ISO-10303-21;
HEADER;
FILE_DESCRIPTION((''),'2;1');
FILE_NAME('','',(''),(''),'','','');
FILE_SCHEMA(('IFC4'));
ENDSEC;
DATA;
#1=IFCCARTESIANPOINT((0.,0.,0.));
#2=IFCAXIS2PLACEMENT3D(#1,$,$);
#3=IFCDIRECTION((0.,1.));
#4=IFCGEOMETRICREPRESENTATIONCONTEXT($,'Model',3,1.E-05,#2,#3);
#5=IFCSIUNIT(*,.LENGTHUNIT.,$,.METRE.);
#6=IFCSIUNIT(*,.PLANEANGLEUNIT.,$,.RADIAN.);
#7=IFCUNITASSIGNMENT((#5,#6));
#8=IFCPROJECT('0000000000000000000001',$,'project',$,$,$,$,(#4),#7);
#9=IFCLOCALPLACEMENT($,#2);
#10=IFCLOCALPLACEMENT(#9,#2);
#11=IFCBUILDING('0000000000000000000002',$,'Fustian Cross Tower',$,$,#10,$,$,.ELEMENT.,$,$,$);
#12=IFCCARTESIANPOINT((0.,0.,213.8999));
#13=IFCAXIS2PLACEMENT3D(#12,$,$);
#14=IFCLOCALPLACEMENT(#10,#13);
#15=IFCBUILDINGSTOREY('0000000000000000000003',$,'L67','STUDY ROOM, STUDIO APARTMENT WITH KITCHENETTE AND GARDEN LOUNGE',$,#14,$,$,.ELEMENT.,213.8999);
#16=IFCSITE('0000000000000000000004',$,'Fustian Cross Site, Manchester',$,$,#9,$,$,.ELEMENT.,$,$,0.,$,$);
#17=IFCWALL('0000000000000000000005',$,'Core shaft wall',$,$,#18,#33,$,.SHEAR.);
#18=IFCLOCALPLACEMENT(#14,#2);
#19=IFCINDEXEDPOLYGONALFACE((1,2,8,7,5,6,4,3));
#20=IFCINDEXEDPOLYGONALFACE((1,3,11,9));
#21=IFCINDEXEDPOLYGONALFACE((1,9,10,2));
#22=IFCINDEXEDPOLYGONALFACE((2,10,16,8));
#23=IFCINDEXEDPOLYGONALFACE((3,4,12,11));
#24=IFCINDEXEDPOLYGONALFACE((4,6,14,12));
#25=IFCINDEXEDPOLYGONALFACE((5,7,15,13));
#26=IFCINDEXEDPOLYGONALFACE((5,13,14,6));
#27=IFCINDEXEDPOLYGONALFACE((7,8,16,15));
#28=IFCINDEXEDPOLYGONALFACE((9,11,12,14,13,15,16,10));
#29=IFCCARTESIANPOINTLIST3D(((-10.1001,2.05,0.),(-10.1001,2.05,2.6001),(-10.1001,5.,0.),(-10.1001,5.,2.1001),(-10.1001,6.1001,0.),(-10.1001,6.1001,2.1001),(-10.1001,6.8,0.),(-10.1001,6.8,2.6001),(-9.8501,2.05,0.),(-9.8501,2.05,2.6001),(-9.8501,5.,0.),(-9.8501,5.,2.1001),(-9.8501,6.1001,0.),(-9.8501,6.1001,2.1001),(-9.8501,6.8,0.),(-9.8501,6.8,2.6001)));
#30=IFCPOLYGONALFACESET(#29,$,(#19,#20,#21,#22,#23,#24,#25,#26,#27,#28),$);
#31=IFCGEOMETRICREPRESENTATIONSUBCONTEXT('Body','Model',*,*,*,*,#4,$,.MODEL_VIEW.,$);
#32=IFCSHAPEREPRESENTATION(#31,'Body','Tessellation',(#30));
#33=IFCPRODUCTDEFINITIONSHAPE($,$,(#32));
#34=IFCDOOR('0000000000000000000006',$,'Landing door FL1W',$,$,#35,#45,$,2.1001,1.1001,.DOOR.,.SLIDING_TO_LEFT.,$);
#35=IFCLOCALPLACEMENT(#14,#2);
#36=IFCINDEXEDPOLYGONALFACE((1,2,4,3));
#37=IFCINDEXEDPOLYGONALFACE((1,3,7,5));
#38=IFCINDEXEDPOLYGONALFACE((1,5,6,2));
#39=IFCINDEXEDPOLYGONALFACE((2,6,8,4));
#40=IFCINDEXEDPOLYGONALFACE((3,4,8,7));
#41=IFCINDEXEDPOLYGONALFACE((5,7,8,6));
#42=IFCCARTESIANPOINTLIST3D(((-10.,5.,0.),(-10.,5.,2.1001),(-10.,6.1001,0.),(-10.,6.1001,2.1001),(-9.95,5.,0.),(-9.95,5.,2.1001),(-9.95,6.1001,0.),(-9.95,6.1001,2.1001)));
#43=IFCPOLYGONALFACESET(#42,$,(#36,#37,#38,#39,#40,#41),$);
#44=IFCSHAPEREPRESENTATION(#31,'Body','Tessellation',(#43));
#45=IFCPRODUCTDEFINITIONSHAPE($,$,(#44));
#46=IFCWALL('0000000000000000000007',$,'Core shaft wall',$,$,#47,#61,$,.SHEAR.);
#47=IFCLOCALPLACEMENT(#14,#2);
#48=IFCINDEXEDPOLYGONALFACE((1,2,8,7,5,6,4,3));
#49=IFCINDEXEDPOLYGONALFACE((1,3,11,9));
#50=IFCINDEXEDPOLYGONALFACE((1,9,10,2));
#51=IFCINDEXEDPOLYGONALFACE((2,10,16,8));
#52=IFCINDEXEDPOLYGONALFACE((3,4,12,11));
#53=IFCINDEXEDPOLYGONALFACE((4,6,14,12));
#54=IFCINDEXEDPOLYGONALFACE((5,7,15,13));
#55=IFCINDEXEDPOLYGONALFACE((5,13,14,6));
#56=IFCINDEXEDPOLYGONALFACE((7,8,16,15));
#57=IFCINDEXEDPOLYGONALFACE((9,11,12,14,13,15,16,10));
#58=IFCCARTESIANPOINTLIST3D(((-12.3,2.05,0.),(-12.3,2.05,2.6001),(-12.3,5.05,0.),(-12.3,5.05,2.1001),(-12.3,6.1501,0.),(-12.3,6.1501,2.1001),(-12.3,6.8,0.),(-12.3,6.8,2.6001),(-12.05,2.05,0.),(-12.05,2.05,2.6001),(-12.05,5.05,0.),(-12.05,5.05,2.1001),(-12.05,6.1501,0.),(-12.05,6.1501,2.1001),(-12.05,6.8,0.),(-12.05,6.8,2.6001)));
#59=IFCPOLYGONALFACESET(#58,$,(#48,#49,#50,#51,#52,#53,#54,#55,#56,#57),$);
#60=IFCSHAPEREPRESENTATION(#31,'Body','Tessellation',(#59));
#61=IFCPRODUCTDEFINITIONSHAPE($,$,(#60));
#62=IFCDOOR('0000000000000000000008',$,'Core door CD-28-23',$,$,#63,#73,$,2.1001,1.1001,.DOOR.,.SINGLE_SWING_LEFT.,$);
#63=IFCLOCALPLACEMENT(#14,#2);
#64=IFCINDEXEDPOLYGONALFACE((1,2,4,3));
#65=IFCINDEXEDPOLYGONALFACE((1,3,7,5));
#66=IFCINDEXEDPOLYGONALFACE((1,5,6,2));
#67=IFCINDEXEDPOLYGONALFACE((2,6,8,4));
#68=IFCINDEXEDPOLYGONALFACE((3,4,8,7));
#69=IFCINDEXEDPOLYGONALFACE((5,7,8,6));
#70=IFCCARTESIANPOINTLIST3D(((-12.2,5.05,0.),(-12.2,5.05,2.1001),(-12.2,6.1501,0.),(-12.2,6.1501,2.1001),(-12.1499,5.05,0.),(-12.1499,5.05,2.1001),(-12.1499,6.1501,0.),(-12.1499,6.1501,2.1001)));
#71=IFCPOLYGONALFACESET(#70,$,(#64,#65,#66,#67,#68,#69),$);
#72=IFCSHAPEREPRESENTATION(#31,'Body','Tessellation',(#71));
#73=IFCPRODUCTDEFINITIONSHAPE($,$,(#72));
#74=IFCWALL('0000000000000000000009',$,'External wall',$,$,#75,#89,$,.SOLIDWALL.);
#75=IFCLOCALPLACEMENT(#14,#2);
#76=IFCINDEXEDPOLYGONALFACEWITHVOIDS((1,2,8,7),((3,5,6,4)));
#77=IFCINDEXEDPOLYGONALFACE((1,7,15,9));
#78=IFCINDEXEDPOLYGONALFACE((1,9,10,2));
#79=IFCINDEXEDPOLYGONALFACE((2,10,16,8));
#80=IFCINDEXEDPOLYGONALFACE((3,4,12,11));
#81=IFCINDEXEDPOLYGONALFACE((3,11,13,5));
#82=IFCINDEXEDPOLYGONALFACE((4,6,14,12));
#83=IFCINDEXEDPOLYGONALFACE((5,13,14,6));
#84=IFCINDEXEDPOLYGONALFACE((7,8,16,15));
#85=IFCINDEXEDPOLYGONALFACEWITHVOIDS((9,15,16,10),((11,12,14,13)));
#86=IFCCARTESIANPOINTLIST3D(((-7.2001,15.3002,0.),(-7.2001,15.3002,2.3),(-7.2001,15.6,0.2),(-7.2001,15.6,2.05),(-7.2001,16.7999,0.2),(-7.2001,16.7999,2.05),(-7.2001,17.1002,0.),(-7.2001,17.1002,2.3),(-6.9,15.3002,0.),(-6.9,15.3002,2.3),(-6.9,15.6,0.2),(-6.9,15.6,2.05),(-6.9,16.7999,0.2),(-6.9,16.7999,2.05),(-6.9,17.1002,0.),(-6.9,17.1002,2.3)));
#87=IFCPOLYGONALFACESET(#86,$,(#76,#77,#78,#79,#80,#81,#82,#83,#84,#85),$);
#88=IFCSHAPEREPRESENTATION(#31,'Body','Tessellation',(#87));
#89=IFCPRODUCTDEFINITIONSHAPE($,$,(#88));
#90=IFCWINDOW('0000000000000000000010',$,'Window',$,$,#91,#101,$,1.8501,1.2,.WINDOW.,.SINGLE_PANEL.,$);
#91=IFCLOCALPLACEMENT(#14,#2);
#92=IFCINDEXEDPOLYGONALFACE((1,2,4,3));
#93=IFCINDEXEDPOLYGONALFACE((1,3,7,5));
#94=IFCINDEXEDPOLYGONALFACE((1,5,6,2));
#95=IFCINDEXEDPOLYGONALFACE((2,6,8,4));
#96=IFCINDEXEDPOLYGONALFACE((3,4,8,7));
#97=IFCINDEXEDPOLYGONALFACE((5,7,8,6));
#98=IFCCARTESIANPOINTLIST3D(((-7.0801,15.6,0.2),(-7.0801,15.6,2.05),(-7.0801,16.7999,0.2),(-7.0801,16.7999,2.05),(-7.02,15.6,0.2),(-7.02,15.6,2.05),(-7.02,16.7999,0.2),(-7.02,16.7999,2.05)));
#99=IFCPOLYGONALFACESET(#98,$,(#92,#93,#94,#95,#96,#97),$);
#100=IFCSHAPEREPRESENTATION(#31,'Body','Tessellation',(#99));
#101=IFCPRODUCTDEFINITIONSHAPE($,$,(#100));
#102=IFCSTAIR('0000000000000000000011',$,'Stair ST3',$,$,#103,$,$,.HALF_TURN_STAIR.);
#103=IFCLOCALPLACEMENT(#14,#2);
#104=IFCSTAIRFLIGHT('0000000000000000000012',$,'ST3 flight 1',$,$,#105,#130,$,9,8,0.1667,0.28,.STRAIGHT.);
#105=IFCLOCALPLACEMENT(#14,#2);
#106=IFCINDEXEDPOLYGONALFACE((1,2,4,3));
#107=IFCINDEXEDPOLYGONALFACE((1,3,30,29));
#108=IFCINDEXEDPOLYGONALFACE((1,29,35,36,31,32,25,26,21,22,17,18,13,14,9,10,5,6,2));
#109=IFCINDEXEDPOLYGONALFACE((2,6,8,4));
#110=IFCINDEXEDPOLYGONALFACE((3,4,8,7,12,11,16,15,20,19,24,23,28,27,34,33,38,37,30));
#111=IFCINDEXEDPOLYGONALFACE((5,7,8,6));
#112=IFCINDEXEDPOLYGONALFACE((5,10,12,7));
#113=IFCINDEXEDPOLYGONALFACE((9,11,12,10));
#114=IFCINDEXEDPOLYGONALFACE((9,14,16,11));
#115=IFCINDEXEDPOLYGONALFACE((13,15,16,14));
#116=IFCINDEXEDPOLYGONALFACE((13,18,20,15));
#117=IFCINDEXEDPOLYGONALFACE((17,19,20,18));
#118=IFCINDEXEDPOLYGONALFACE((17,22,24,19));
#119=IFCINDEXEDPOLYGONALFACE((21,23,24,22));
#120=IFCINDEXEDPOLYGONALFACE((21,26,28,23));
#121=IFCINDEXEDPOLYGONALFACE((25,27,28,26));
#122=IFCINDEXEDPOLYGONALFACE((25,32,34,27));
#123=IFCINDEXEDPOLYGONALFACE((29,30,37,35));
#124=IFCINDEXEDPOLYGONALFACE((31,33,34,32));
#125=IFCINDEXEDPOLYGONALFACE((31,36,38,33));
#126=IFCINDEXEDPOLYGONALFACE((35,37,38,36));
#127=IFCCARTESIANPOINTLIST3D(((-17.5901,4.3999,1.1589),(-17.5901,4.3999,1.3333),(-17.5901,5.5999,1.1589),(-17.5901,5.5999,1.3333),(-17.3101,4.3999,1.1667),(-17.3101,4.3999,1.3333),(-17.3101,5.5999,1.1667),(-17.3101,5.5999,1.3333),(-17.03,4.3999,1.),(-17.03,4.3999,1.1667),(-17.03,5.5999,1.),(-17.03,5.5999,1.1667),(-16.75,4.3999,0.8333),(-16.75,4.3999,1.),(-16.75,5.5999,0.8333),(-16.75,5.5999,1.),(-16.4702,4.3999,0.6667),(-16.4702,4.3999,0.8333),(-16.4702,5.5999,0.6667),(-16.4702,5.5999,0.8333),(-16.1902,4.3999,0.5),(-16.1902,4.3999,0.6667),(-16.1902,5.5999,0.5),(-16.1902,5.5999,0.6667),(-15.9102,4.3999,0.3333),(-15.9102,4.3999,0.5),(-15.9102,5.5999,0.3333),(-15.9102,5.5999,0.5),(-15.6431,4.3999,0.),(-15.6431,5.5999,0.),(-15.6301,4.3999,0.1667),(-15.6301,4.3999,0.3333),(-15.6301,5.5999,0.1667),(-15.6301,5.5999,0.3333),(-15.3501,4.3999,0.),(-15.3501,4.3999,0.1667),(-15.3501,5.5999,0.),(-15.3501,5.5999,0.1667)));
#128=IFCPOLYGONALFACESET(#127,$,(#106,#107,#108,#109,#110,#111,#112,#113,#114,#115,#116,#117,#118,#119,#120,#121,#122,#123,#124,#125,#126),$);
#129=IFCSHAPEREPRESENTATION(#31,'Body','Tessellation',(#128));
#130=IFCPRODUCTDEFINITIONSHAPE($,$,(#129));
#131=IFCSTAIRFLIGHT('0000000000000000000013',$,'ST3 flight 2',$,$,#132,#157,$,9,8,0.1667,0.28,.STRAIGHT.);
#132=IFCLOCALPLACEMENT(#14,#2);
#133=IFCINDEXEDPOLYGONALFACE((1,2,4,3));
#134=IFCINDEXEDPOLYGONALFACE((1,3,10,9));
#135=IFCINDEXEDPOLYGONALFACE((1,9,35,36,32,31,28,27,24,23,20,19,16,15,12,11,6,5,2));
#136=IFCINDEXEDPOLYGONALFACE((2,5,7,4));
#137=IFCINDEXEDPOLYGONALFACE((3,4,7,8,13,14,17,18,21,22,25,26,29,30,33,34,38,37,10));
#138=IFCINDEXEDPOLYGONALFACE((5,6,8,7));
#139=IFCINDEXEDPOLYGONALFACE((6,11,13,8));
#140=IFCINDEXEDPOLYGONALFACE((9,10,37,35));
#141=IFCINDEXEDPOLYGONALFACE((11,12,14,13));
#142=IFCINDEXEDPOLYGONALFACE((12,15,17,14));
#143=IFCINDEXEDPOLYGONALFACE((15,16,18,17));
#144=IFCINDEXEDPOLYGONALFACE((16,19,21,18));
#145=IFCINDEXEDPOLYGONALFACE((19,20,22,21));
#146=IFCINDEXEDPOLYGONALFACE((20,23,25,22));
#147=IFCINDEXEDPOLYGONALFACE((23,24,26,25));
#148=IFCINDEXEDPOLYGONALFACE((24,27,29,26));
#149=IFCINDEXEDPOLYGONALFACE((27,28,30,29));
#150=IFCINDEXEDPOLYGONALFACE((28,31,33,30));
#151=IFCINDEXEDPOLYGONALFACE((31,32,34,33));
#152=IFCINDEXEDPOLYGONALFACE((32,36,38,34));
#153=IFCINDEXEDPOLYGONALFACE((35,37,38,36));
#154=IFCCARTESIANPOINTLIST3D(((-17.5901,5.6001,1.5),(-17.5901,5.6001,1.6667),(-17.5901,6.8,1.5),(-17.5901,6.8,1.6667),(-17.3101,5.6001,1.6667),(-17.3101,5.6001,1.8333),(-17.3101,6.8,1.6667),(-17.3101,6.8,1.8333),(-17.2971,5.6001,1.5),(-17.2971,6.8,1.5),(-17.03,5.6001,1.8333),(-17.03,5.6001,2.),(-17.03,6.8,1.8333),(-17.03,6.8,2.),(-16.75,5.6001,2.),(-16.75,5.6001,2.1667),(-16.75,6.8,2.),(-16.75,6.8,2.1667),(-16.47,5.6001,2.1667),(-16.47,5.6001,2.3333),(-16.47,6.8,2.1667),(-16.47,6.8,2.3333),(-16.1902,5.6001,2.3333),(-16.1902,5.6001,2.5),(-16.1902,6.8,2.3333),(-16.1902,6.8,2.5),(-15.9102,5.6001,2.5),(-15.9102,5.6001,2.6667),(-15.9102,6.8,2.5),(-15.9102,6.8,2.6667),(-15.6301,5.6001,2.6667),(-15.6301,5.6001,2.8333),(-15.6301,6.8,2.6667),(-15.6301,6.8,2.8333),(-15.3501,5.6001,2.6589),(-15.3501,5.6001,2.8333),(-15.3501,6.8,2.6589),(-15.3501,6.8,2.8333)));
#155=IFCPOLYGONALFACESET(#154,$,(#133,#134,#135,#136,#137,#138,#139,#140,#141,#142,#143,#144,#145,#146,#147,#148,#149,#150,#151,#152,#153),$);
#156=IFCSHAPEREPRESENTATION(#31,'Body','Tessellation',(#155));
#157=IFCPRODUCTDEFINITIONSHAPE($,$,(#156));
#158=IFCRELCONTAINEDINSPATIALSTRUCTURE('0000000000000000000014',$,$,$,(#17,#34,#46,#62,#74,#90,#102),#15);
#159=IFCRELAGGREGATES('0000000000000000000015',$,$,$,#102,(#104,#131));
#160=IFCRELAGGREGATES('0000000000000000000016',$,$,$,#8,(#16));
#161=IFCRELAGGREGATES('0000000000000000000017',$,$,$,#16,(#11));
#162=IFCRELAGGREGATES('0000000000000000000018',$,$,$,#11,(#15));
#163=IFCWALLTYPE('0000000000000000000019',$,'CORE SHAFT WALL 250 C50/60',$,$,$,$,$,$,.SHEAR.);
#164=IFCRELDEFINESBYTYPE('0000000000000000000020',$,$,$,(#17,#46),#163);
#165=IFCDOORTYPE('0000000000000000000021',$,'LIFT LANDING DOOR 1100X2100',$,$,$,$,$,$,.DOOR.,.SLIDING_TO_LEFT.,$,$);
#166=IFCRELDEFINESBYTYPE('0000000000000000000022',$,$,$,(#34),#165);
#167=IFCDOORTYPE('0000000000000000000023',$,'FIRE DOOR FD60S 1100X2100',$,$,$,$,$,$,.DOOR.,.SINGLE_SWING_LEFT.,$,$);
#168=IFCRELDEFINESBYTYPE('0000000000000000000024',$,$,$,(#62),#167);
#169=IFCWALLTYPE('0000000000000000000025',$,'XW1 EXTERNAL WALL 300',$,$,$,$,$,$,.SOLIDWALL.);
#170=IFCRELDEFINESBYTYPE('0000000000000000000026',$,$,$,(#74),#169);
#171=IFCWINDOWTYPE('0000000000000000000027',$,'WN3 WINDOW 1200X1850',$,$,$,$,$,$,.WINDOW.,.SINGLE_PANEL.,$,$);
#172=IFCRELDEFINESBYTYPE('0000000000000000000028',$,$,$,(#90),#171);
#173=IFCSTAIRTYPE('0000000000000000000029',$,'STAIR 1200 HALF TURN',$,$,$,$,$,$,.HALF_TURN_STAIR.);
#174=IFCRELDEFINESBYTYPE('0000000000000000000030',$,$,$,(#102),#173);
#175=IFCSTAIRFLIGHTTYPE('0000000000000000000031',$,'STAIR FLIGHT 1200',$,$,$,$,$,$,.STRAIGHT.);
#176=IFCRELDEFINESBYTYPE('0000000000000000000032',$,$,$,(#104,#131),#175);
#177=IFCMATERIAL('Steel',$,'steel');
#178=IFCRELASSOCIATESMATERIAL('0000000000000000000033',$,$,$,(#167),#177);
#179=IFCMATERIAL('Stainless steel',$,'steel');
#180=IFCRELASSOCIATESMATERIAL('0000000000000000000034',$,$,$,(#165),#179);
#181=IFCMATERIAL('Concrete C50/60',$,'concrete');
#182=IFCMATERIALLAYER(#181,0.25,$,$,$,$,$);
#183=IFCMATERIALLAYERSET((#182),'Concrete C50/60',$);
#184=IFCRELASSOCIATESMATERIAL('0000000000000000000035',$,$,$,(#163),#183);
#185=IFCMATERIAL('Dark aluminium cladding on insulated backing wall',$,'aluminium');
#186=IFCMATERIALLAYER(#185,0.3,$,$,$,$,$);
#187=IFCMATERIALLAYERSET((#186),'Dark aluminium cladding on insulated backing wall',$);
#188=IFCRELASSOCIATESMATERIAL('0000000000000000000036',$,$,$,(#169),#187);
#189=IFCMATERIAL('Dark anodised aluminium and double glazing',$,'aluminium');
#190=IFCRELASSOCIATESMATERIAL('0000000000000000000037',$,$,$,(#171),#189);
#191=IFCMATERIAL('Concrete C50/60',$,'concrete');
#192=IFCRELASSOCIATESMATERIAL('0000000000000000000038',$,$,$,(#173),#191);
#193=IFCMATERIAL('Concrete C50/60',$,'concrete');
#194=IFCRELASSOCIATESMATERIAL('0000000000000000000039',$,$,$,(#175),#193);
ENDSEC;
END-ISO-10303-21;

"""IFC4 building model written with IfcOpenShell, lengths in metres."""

from ifc_helpers import new_model, si_unit, direction, frame, frame_2d, origin, place, context, subcontext, project, spatial, polyline, rectangle, outline, extrude, material, layer, layer_set, type_object, element, fill, aggregate, save


model = new_model("IFC4")

# Units and contexts
model_context = context("Model", 3, precision=1e-05, world=origin(), true_north=direction((0.0, 1.0)))
body_context = subcontext(model_context, "Body", "Model", "MODEL_VIEW")
ifc_project = project(units=[si_unit("LENGTHUNIT", "METRE"), si_unit("PLANEANGLEUNIT", "RADIAN")], contexts=[model_context])

# Site, building, storey
site_placement = place(None, origin())
site = spatial("IfcSite", under=ifc_project, at=site_placement, Name="Fustian Cross Site, Manchester", CompositionType="ELEMENT", RefElevation=0.0)
building_placement = place(site_placement, origin())
building = spatial("IfcBuilding", under=site, at=building_placement, Name="Fustian Cross Tower", CompositionType="ELEMENT")
storey_placement = place(building_placement, frame((0.0, 0.0, 213.8999)))
storey = spatial("IfcBuildingStorey", under=building, at=storey_placement, Name="L67", Description="STUDY ROOM, STUDIO APARTMENT WITH KITCHENETTE AND GARDEN LOUNGE", CompositionType="ELEMENT", Elevation=213.8999)

# Shared definitions
ifc_material_1 = material(Name="Steel", Category="steel")
door_type_1 = type_object("IfcDoorType", Name="FIRE DOOR FD60S 1100X2100", OperationType="SINGLE_SWING_LEFT", PredefinedType="DOOR", material=ifc_material_1)
ifc_material_2 = material(Name="Stainless steel", Category="steel")
door_type_2 = type_object("IfcDoorType", Name="LIFT LANDING DOOR 1100X2100", OperationType="SLIDING_TO_LEFT", PredefinedType="DOOR", material=ifc_material_2)

# Shared definitions
ifc_material_3 = material(Name="Concrete C50/60", Category="concrete")
ifc_layer_1 = layer(ifc_material_3, 0.25)
ifc_layer_set_1 = layer_set([ifc_layer_1], Name="Concrete C50/60")
wall_type_1 = type_object("IfcWallType", Name="CORE SHAFT WALL 250 C50/60", PredefinedType="SHEAR", material=ifc_layer_set_1)

# Walls, openings, doors
wall_1_placement = place(storey_placement, frame((-9.9751, 2.05, 0.0), z_axis=(0.0, 0.0, 1.0), x_axis=(0.0, 1.0, 0.0)))
wall_1 = element("IfcWall", 1, at=wall_1_placement, inside=storey, type_object=wall_type_1, Name="Core shaft wall", PredefinedType="SHEAR", context=body_context, shape_type="SweptSolid", body=[
    extrude(rectangle(XDim=4.75, YDim=0.25, at=frame_2d((2.375, 0.0))), origin(), (0.0, 0.0, 1.0), 2.6001),
])
opening_1_placement = place(wall_1_placement, frame((2.95, 0.0, 0.0)))
opening_1 = element("IfcOpeningElement", 2, at=opening_1_placement, cuts=wall_1, PredefinedType="OPENING", context=body_context, shape_type="SweptSolid", body=[
    extrude(rectangle(XDim=1.1001, YDim=2.1001, at=frame_2d((0.55, 1.05))), frame((0.0, 0.135, 0.0), z_axis=(0.0, -1.0, 0.0), x_axis=(1.0, 0.0, 0.0)), (0.0, 0.0, 1.0), 0.27),
])
door_1_placement = place(opening_1_placement, origin())
door_1 = element("IfcDoor", 3, at=door_1_placement, inside=storey, type_object=door_type_2, Name="Landing door FL1W", OperationType="SLIDING_TO_LEFT", OverallHeight=2.1001, OverallWidth=1.1001, PredefinedType="DOOR", context=body_context, shape_type="SweptSolid", body=[
    extrude(rectangle(XDim=1.1001, YDim=2.1001, at=frame_2d((0.55, 1.05))), frame((0.0, 0.0249, 0.0), z_axis=(0.0, -1.0, 0.0), x_axis=(1.0, 0.0, 0.0)), (0.0, 0.0, 1.0), 0.05),
])
fill(opening_1, door_1)
wall_2_placement = place(storey_placement, frame((-12.175, 2.05, 0.0), z_axis=(0.0, 0.0, 1.0), x_axis=(0.0, 1.0, 0.0)))
wall_2 = element("IfcWall", 4, at=wall_2_placement, inside=storey, type_object=wall_type_1, Name="Core shaft wall", PredefinedType="SHEAR", context=body_context, shape_type="SweptSolid", body=[
    extrude(rectangle(XDim=4.75, YDim=0.25, at=frame_2d((2.375, 0.0))), origin(), (0.0, 0.0, 1.0), 2.6001),
])
opening_2_placement = place(wall_2_placement, frame((3.0, 0.0, 0.0)))
opening_2 = element("IfcOpeningElement", 5, at=opening_2_placement, cuts=wall_2, PredefinedType="OPENING", context=body_context, shape_type="SweptSolid", body=[
    extrude(rectangle(XDim=1.1001, YDim=2.1001, at=frame_2d((0.55, 1.05))), frame((0.0, 0.135, 0.0), z_axis=(0.0, -1.0, 0.0), x_axis=(1.0, 0.0, 0.0)), (0.0, 0.0, 1.0), 0.27),
])
door_2_placement = place(opening_2_placement, origin())
door_2 = element("IfcDoor", 6, at=door_2_placement, inside=storey, type_object=door_type_1, Name="Core door CD-28-23", OperationType="SINGLE_SWING_LEFT", OverallHeight=2.1001, OverallWidth=1.1001, PredefinedType="DOOR", context=body_context, shape_type="SweptSolid", body=[
    extrude(rectangle(XDim=1.1001, YDim=2.1001, at=frame_2d((0.55, 1.05))), frame((0.0, 0.0249, 0.0), z_axis=(0.0, -1.0, 0.0), x_axis=(1.0, 0.0, 0.0)), (0.0, 0.0, 1.0), 0.05),
])
fill(opening_2, door_2)

# Wall, opening, window
ifc_material_4 = material(Name="Dark aluminium cladding on insulated backing wall", Category="aluminium")
ifc_layer_2 = layer(ifc_material_4, 0.3)
ifc_layer_set_2 = layer_set([ifc_layer_2], Name="Dark aluminium cladding on insulated backing wall")
wall_type_2 = type_object("IfcWallType", Name="XW1 EXTERNAL WALL 300", PredefinedType="SOLIDWALL", material=ifc_layer_set_2)
wall_3_placement = place(storey_placement, frame((-7.05, 17.1001, 0.0), z_axis=(0.0, 0.0, 1.0), x_axis=(0.0, -1.0, 0.0)))
wall_3 = element("IfcWall", 7, at=wall_3_placement, inside=storey, type_object=wall_type_2, Name="External wall", PredefinedType="SOLIDWALL", context=body_context, shape_type="SweptSolid", body=[
    extrude(rectangle(XDim=1.8, YDim=0.3, at=frame_2d((0.8999, 0.0))), origin(), (0.0, 0.0, 1.0), 2.3),
])
opening_3_placement = place(wall_3_placement, frame((0.3, 0.0, 0.2)))
opening_3 = element("IfcOpeningElement", 8, at=opening_3_placement, cuts=wall_3, PredefinedType="OPENING", context=body_context, shape_type="SweptSolid", body=[
    extrude(rectangle(XDim=1.2, YDim=1.8501, at=frame_2d((0.6001, 0.925))), frame((0.0, 0.1599, 0.0), z_axis=(0.0, -1.0, 0.0), x_axis=(1.0, 0.0, 0.0)), (0.0, 0.0, 1.0), 0.3201),
])
ifc_material_5 = material(Name="Dark anodised aluminium and double glazing", Category="aluminium")
window_type = type_object("IfcWindowType", Name="WN3 WINDOW 1200X1850", PartitioningType="SINGLE_PANEL", PredefinedType="WINDOW", material=ifc_material_5)
window_placement = place(opening_3_placement, origin())
window = element("IfcWindow", 9, at=window_placement, inside=storey, type_object=window_type, Name="Window", OverallHeight=1.8501, OverallWidth=1.2, PartitioningType="SINGLE_PANEL", PredefinedType="WINDOW", context=body_context, shape_type="SweptSolid", body=[
    extrude(rectangle(XDim=1.2, YDim=1.8501, at=frame_2d((0.6001, 0.925))), frame((0.0, 0.03, 0.0), z_axis=(0.0, -1.0, 0.0), x_axis=(1.0, 0.0, 0.0)), (0.0, 0.0, 1.0), 0.0601),
])
fill(opening_3, window)

# Stair, stair flights
ifc_material_6 = material(Name="Concrete C50/60", Category="concrete")
stair_type = type_object("IfcStairType", Name="STAIR 1200 HALF TURN", PredefinedType="HALF_TURN_STAIR", material=ifc_material_6)
stair_placement = place(storey_placement, origin())
stair = element("IfcStair", 10, at=stair_placement, inside=storey, type_object=stair_type, Name="Stair ST3", PredefinedType="HALF_TURN_STAIR")
ifc_material_7 = material(Name="Concrete C50/60", Category="concrete")
stair_flight_type = type_object("IfcStairFlightType", Name="STAIR FLIGHT 1200", PredefinedType="STRAIGHT", material=ifc_material_7)
stair_flight_1_placement = place(storey_placement, frame((-15.3501, 5.0, 0.0), z_axis=(0.0, 0.0, 1.0), x_axis=(-1.0, 0.0, 0.0)))
stair_flight_1 = element("IfcStairFlight", 11, at=stair_flight_1_placement, type_object=stair_flight_type, Name="ST3 flight 1", NumberOfRisers=9, NumberOfTreads=8, PredefinedType="STRAIGHT", RiserHeight=0.1667, TreadLength=0.28, context=body_context, shape_type="SweptSolid", body=[
    extrude(outline(polyline([(0.0, 0.0), (0.0, 0.1667), (0.28, 0.1667), (0.28, 0.3333), (0.5601, 0.3333), (0.5601, 0.5), (0.8401, 0.5), (0.8401, 0.6667), (1.1201, 0.6667), (1.1201, 0.8333), (1.3999, 0.8333), (1.3999, 1.0), (1.6799, 1.0), (1.6799, 1.1667), (1.96, 1.1667), (1.96, 1.3333), (2.24, 1.3333), (2.24, 1.5), (2.24, 1.1589), (0.293, 0.0), (0.0, 0.0)])), frame((0.0, 0.6001, 0.0), z_axis=(0.0, -1.0, 0.0), x_axis=(1.0, 0.0, 0.0)), (0.0, 0.0, 1.0), 1.2),
])
stair_flight_2_placement = place(storey_placement, frame((-17.5901, 6.2, 1.5), z_axis=(0.0, 0.0, 1.0), x_axis=(1.0, 0.0, 0.0)))
stair_flight_2 = element("IfcStairFlight", 12, at=stair_flight_2_placement, type_object=stair_flight_type, Name="ST3 flight 2", NumberOfRisers=9, NumberOfTreads=8, PredefinedType="STRAIGHT", RiserHeight=0.1667, TreadLength=0.28, context=body_context, shape_type="SweptSolid", body=[
    extrude(outline(polyline([(0.0, 0.0), (0.0, 0.1667), (0.28, 0.1667), (0.28, 0.3333), (0.5601, 0.3333), (0.5601, 0.5), (0.8401, 0.5), (0.8401, 0.6667), (1.1201, 0.6667), (1.1201, 0.8333), (1.3999, 0.8333), (1.3999, 1.0), (1.6799, 1.0), (1.6799, 1.1667), (1.96, 1.1667), (1.96, 1.3333), (2.24, 1.3333), (2.24, 1.5), (2.24, 1.1589), (0.293, 0.0), (0.0, 0.0)])), frame((0.0, 0.6001, 0.0), z_axis=(0.0, -1.0, 0.0), x_axis=(1.0, 0.0, 0.0)), (0.0, 0.0, 1.0), 1.2),
])
aggregate(stair, [stair_flight_1, stair_flight_2])

save(model, "model.ifc")
